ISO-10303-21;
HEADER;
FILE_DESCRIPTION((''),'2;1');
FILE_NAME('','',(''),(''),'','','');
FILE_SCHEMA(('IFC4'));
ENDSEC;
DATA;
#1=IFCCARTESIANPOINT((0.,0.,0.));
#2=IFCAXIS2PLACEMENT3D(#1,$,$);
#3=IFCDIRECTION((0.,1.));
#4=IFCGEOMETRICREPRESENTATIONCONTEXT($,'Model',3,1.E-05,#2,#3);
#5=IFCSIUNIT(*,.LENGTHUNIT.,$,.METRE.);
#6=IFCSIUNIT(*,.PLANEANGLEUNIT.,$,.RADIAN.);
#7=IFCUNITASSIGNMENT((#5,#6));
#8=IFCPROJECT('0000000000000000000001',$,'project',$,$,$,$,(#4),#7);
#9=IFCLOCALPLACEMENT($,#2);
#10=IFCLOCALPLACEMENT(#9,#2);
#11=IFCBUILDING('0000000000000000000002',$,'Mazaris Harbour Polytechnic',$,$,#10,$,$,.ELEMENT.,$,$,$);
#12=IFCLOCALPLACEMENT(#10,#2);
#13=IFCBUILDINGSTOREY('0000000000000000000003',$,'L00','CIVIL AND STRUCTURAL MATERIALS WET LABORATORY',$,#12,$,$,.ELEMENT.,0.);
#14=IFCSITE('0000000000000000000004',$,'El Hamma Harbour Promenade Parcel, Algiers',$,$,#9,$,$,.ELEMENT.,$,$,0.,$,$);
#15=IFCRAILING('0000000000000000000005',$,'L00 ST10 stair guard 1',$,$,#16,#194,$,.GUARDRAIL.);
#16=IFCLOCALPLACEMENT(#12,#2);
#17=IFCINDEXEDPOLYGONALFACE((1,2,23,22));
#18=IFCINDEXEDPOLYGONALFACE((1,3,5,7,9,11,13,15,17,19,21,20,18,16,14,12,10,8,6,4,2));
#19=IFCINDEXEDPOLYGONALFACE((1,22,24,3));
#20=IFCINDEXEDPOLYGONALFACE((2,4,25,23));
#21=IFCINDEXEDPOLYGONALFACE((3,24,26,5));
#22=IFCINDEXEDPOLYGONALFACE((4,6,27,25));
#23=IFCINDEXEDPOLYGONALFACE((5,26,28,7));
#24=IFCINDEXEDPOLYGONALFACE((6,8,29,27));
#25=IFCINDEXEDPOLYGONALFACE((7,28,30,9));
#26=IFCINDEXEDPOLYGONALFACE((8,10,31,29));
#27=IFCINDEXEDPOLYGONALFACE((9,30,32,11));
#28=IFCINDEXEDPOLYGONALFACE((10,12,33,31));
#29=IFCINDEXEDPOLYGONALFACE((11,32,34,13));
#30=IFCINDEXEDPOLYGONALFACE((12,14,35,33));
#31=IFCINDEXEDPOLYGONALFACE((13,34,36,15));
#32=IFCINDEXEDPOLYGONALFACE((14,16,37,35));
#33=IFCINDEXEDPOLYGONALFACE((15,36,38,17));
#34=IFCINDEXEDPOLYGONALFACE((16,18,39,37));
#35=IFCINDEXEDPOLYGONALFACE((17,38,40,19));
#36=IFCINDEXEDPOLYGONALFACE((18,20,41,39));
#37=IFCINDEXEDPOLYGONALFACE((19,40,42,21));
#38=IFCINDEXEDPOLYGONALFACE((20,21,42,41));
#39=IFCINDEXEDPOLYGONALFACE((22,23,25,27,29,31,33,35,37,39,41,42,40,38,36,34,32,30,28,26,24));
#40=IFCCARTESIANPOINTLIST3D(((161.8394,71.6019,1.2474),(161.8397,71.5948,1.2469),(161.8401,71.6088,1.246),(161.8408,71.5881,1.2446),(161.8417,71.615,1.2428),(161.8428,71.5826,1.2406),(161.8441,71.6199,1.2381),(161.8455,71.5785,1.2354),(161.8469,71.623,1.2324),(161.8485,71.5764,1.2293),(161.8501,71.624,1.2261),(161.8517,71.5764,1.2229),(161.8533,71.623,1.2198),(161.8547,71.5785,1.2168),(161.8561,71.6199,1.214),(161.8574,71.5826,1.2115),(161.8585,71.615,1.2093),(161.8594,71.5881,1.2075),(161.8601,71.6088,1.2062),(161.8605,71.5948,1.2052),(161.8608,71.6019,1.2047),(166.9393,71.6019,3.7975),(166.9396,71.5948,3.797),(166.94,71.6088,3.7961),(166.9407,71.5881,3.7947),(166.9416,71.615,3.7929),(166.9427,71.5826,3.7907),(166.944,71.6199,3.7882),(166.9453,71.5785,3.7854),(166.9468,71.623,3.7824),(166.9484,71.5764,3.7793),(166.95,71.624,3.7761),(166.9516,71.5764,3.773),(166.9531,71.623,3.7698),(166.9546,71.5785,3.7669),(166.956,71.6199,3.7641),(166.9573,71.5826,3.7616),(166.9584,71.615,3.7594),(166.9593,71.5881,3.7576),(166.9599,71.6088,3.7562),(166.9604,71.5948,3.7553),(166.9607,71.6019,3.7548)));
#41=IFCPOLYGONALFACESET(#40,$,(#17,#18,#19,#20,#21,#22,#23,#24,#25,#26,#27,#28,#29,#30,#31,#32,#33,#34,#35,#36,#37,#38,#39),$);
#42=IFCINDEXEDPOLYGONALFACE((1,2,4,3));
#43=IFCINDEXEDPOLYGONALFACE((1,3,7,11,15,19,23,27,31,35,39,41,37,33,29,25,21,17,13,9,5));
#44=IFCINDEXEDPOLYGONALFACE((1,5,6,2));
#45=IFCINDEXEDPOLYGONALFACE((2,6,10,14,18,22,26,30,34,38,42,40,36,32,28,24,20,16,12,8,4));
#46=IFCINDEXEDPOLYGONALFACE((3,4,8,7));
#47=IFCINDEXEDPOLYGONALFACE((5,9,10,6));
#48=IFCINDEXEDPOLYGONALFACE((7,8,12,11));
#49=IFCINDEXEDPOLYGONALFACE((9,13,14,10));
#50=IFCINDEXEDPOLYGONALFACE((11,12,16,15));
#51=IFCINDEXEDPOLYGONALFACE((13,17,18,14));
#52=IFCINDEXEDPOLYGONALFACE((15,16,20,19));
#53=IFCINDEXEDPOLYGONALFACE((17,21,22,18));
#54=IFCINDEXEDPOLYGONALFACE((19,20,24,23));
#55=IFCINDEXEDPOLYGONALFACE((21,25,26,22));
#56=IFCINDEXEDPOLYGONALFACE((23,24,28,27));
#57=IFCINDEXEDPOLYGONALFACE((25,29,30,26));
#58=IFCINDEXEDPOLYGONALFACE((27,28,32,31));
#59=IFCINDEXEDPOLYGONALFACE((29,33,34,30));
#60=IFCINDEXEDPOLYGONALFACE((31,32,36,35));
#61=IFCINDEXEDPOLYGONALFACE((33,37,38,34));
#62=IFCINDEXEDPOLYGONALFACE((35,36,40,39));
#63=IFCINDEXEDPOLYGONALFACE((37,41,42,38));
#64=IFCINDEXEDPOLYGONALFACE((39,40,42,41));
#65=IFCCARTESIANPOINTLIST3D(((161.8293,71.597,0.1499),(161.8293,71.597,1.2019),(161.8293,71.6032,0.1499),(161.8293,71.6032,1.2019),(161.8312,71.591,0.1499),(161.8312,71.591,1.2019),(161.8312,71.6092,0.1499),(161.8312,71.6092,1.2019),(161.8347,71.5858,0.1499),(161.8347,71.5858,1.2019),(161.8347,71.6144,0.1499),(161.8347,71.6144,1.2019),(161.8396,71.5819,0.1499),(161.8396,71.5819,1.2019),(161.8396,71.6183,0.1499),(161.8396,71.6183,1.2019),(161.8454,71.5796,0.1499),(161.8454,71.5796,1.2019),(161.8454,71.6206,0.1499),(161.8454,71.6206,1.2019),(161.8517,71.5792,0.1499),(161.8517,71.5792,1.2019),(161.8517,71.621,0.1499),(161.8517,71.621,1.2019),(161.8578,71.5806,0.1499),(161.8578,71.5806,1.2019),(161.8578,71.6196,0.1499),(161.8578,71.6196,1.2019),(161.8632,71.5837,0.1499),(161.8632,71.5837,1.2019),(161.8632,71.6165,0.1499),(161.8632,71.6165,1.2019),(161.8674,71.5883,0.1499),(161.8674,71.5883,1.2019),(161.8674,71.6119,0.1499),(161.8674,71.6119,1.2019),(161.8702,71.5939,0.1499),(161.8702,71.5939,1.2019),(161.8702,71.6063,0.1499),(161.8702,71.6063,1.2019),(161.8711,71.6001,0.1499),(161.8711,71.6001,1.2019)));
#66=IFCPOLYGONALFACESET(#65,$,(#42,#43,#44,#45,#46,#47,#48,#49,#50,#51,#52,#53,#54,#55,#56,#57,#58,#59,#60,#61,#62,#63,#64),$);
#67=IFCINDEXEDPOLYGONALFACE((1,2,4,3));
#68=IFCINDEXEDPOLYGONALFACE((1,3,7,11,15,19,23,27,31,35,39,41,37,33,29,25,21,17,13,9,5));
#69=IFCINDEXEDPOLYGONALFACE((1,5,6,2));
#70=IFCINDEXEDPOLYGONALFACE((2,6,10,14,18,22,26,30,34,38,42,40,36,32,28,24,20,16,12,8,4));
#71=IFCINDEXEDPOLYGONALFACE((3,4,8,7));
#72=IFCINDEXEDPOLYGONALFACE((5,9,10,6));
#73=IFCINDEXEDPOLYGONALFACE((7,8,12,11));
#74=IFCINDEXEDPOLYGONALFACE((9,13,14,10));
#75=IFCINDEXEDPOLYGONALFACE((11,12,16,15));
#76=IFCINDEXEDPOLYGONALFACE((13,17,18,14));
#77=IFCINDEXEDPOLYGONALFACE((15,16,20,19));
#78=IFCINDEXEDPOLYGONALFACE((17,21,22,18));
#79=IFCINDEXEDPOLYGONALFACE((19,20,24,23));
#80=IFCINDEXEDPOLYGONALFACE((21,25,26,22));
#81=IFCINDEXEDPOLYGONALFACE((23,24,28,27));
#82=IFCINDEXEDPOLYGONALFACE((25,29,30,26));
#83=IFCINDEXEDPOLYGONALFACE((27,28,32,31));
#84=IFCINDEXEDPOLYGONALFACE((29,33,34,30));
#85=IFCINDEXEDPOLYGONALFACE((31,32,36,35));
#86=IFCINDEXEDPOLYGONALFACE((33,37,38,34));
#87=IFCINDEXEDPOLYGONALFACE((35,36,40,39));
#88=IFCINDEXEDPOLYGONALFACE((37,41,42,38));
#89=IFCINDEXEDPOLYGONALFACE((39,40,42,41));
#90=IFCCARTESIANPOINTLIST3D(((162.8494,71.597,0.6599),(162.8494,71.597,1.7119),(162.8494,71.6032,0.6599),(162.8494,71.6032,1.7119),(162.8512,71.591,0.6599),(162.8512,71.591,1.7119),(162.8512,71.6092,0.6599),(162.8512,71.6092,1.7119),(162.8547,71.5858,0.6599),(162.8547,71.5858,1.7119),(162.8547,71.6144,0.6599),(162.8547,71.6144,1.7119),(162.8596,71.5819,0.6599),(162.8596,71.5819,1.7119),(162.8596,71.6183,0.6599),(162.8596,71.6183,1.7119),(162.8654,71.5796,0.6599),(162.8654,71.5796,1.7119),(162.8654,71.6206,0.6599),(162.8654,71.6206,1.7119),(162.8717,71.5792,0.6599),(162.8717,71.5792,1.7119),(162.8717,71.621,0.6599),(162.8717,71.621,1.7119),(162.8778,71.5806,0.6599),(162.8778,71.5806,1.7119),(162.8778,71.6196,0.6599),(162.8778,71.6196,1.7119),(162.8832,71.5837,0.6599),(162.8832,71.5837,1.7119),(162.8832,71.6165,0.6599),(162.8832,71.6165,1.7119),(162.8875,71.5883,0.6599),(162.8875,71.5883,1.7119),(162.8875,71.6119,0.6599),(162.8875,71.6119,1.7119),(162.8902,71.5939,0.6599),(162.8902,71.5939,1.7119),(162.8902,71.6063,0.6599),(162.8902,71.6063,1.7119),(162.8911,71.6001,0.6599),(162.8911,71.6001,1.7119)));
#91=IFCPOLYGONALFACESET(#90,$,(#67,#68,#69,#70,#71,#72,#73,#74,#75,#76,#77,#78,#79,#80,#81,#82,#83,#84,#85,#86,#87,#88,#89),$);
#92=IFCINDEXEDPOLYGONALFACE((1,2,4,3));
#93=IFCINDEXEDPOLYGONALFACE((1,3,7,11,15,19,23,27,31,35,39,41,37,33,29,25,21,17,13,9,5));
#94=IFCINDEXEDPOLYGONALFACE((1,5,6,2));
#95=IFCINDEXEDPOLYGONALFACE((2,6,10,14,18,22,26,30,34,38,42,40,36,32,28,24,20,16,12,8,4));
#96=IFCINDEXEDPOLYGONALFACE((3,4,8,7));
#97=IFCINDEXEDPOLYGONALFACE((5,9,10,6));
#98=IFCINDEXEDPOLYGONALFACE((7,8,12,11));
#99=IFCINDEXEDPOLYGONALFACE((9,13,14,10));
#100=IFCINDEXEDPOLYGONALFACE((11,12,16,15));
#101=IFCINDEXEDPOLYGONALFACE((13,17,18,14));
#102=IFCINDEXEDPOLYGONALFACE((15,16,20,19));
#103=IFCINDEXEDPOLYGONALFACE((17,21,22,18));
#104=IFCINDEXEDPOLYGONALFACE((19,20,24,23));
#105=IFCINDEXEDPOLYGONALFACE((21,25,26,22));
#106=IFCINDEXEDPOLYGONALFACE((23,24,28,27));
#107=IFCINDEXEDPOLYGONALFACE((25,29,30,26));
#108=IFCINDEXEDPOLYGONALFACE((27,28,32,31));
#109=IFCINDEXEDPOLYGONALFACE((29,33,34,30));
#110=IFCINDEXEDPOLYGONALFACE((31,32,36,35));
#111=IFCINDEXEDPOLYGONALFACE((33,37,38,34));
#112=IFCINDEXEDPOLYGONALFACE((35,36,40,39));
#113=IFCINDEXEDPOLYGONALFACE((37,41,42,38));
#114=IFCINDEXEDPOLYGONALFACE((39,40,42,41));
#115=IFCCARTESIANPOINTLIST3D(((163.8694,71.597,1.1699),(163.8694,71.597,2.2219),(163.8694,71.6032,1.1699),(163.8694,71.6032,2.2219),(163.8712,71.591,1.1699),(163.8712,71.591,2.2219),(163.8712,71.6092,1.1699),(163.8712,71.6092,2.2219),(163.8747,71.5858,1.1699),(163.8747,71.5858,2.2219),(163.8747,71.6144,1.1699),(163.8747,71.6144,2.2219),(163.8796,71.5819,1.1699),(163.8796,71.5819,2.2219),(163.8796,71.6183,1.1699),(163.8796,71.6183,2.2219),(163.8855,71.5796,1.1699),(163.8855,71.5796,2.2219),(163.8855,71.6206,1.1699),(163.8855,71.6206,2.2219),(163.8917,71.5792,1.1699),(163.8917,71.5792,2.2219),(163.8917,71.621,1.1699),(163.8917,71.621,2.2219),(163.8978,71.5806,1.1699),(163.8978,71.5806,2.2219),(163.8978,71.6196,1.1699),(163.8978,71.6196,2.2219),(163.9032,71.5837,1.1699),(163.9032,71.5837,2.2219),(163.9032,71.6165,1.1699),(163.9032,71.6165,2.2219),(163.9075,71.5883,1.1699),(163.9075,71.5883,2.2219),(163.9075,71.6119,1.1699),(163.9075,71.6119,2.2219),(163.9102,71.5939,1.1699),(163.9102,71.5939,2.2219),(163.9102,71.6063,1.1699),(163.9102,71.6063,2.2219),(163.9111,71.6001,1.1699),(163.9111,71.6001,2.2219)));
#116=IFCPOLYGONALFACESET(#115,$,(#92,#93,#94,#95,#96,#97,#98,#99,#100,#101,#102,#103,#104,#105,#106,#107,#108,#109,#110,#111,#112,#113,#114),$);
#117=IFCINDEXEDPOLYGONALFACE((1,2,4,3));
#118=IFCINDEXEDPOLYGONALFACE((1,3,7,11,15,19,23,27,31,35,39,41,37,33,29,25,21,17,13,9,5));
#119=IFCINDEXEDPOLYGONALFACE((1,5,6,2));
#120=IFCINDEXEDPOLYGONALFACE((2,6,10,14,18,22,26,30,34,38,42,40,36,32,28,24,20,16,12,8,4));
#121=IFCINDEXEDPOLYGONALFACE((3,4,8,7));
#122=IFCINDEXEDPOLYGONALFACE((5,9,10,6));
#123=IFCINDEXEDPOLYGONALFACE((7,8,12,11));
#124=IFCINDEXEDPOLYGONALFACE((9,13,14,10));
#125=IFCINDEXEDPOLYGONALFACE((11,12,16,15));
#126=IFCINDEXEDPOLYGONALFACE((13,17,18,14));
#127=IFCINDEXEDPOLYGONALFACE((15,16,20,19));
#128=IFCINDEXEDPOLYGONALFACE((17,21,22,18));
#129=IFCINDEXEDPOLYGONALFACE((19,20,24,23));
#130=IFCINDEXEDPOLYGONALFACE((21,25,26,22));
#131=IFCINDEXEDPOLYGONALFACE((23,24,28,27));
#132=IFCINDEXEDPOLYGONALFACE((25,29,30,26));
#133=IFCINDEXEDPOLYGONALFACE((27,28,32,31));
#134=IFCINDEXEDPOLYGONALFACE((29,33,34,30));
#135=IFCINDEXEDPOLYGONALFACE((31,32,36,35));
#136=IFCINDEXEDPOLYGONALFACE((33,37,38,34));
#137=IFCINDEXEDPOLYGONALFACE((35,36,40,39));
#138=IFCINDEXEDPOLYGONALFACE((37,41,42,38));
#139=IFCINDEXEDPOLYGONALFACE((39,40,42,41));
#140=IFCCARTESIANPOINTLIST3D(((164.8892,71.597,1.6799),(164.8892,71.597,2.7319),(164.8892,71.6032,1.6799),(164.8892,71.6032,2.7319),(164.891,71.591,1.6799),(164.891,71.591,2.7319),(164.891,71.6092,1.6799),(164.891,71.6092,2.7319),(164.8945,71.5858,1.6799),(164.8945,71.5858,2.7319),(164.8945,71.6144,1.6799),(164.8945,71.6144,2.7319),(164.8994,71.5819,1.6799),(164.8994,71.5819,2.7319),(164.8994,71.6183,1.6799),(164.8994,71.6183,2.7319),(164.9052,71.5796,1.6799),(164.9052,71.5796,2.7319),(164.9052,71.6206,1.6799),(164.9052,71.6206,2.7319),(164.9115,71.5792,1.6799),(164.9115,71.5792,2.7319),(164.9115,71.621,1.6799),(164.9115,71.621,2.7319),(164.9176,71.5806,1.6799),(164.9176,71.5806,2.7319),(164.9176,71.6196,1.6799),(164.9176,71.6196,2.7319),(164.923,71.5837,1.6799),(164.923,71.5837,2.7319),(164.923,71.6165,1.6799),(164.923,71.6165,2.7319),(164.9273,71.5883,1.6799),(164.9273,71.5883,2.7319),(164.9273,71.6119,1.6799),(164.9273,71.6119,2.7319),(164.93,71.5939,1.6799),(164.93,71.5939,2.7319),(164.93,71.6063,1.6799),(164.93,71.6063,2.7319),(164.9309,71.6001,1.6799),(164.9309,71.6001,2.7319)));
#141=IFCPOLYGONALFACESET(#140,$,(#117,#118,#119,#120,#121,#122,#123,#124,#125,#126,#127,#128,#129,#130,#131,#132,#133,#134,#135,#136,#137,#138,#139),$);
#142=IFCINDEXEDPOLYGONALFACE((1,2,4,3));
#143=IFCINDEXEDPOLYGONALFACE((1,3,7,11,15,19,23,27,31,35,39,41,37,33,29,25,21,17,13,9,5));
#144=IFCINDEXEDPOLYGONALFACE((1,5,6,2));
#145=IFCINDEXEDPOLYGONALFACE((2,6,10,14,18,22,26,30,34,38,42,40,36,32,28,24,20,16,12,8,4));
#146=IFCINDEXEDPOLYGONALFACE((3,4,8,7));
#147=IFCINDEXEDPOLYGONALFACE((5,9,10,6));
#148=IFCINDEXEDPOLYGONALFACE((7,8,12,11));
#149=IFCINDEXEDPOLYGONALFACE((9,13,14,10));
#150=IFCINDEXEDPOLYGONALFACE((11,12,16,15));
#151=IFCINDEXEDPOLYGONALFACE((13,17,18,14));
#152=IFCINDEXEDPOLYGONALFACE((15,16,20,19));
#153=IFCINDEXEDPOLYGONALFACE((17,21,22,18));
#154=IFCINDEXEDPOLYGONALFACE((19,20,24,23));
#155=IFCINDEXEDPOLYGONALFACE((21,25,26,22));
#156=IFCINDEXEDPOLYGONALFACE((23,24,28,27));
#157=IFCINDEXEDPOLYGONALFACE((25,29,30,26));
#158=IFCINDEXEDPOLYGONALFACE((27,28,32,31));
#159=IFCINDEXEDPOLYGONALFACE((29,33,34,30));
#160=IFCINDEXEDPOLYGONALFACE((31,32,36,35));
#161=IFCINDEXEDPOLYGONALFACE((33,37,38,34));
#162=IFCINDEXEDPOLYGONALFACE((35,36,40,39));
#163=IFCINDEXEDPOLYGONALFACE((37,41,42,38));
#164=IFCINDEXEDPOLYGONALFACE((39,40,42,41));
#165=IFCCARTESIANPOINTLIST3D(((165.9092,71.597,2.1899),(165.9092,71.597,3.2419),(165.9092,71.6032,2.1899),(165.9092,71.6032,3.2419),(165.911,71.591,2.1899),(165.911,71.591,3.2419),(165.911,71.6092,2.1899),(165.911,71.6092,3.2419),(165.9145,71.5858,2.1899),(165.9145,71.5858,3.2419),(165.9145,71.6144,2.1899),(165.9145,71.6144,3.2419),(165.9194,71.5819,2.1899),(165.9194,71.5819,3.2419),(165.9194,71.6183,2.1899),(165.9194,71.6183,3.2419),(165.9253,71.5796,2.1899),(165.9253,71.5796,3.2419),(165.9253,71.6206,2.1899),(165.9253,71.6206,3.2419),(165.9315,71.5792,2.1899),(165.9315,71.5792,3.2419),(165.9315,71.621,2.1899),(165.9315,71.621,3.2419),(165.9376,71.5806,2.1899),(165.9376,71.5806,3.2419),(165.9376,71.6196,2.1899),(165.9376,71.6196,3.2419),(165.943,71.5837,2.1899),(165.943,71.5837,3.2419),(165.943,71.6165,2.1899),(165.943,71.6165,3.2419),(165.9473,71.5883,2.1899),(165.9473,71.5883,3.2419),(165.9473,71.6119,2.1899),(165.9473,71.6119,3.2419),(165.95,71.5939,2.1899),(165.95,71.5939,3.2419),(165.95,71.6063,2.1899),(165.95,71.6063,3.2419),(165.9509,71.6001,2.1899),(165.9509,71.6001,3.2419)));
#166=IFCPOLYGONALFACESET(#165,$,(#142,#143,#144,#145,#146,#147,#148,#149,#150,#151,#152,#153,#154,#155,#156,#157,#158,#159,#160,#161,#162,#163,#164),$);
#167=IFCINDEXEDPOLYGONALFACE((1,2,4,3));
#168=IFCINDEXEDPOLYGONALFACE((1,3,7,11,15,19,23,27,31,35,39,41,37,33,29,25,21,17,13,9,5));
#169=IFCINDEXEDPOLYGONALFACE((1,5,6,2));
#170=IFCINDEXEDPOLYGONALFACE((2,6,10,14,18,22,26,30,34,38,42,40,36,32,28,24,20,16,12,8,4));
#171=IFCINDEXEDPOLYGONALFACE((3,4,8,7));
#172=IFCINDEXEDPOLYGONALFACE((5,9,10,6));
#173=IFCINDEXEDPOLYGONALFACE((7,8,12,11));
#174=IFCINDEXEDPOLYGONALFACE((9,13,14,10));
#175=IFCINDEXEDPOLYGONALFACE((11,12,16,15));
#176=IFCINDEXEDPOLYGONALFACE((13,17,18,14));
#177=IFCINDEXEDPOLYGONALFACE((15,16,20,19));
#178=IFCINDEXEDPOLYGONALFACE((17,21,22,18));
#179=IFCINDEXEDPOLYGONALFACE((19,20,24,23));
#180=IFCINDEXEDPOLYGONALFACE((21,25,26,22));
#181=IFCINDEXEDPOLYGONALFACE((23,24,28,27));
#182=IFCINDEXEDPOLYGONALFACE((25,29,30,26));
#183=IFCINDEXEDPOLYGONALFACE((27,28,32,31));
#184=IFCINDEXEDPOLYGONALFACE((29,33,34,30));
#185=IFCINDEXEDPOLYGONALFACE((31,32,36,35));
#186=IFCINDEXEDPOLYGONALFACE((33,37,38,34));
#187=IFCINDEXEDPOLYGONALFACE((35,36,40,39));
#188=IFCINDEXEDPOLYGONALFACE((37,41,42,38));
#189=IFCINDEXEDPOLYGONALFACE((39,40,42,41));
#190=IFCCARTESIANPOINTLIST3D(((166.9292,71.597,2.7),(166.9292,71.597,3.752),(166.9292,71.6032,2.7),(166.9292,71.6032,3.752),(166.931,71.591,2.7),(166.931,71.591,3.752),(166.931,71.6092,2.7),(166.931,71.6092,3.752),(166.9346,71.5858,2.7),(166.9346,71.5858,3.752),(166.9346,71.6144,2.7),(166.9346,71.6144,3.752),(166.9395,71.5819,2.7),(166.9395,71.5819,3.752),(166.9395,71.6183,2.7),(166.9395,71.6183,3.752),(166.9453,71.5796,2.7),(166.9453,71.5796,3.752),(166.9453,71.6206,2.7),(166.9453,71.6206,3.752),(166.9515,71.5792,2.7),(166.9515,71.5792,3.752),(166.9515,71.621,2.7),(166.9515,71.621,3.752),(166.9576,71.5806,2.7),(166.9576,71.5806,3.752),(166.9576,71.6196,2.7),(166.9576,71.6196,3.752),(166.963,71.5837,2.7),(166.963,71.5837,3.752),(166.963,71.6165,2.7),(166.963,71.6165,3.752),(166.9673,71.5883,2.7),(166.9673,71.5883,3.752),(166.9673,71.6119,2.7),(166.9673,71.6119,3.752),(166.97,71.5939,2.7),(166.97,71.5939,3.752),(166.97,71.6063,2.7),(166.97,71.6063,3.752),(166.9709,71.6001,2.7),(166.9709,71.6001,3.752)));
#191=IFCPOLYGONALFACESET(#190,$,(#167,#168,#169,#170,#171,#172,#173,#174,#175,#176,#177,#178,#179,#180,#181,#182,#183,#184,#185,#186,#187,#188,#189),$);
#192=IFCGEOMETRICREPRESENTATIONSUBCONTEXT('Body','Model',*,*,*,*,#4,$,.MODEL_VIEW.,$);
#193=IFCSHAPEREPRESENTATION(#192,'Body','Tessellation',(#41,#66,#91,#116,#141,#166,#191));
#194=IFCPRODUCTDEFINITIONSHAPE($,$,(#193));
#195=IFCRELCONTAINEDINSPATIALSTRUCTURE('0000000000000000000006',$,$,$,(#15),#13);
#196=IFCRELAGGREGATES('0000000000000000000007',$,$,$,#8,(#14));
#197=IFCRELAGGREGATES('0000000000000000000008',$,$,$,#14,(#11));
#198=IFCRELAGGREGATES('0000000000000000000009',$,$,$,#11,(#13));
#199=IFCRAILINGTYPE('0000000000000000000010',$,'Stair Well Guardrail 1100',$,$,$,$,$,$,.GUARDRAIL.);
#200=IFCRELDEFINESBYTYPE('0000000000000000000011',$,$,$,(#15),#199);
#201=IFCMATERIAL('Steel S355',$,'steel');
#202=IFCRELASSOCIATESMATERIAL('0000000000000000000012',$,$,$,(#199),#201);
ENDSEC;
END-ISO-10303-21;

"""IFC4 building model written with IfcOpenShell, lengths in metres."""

from ifc_helpers import new_model, si_unit, direction, frame, origin, origin_2d, place, context, subcontext, project, spatial, circle, extrude, material, type_object, element, save


model = new_model("IFC4")

# Units and contexts
model_context = context("Model", 3, precision=1e-05, world=origin(), true_north=direction((0.0, 1.0)))
body_context = subcontext(model_context, "Body", "Model", "MODEL_VIEW")
ifc_project = project(units=[si_unit("LENGTHUNIT", "METRE"), si_unit("PLANEANGLEUNIT", "RADIAN")], contexts=[model_context])

# Site, building, storey
site_placement = place(None, origin())
site = spatial("IfcSite", under=ifc_project, at=site_placement, Name="El Hamma Harbour Promenade Parcel, Algiers", CompositionType="ELEMENT", RefElevation=0.0)
building_placement = place(site_placement, origin())
building = spatial("IfcBuilding", under=site, at=building_placement, Name="Mazaris Harbour Polytechnic", CompositionType="ELEMENT")
storey_placement = place(building_placement, origin())
storey = spatial("IfcBuildingStorey", under=building, at=storey_placement, Name="L00", Description="CIVIL AND STRUCTURAL MATERIALS WET LABORATORY", CompositionType="ELEMENT", Elevation=0.0)

# Railing
ifc_material_1 = material(Name="Steel S355", Category="steel")
railing_type_1 = type_object("IfcRailingType", Name="Stair Well Guardrail 1100", PredefinedType="GUARDRAIL", material=ifc_material_1)
railing_1_placement = place(storey_placement, frame((161.8501, 71.6001, 0.1499)))
element("IfcRailing", 1, at=railing_1_placement, inside=storey, type_object=railing_type_1, Name="L00 ST10 stair guard 1", PredefinedType="GUARDRAIL", context=body_context, shape_type="SweptSolid", body=[
    extrude(circle(Radius=0.0239, at=origin_2d()), frame((0.0, 0.0, 1.0762), z_axis=(0.894419, 0.0, 0.447231), x_axis=(0.0, 1.0, 0.0)), (0.0, 0.0, 1.0), 5.7019),
    extrude(circle(Radius=0.021, at=origin_2d()), origin(), (0.0, 0.0, 1.0), 1.052),
    extrude(circle(Radius=0.021, at=origin_2d()), frame((1.02, 0.0, 0.51)), (0.0, 0.0, 1.0), 1.052),
    extrude(circle(Radius=0.021, at=origin_2d()), frame((2.04, 0.0, 1.02)), (0.0, 0.0, 1.0), 1.052),
    extrude(circle(Radius=0.021, at=origin_2d()), frame((3.0598, 0.0, 1.53)), (0.0, 0.0, 1.0), 1.052),
    extrude(circle(Radius=0.021, at=origin_2d()), frame((4.0798, 0.0, 2.04)), (0.0, 0.0, 1.0), 1.052),
    extrude(circle(Radius=0.021, at=origin_2d()), frame((5.0999, 0.0, 2.55)), (0.0, 0.0, 1.0), 1.052),
])

save(model, "model.ifc")
